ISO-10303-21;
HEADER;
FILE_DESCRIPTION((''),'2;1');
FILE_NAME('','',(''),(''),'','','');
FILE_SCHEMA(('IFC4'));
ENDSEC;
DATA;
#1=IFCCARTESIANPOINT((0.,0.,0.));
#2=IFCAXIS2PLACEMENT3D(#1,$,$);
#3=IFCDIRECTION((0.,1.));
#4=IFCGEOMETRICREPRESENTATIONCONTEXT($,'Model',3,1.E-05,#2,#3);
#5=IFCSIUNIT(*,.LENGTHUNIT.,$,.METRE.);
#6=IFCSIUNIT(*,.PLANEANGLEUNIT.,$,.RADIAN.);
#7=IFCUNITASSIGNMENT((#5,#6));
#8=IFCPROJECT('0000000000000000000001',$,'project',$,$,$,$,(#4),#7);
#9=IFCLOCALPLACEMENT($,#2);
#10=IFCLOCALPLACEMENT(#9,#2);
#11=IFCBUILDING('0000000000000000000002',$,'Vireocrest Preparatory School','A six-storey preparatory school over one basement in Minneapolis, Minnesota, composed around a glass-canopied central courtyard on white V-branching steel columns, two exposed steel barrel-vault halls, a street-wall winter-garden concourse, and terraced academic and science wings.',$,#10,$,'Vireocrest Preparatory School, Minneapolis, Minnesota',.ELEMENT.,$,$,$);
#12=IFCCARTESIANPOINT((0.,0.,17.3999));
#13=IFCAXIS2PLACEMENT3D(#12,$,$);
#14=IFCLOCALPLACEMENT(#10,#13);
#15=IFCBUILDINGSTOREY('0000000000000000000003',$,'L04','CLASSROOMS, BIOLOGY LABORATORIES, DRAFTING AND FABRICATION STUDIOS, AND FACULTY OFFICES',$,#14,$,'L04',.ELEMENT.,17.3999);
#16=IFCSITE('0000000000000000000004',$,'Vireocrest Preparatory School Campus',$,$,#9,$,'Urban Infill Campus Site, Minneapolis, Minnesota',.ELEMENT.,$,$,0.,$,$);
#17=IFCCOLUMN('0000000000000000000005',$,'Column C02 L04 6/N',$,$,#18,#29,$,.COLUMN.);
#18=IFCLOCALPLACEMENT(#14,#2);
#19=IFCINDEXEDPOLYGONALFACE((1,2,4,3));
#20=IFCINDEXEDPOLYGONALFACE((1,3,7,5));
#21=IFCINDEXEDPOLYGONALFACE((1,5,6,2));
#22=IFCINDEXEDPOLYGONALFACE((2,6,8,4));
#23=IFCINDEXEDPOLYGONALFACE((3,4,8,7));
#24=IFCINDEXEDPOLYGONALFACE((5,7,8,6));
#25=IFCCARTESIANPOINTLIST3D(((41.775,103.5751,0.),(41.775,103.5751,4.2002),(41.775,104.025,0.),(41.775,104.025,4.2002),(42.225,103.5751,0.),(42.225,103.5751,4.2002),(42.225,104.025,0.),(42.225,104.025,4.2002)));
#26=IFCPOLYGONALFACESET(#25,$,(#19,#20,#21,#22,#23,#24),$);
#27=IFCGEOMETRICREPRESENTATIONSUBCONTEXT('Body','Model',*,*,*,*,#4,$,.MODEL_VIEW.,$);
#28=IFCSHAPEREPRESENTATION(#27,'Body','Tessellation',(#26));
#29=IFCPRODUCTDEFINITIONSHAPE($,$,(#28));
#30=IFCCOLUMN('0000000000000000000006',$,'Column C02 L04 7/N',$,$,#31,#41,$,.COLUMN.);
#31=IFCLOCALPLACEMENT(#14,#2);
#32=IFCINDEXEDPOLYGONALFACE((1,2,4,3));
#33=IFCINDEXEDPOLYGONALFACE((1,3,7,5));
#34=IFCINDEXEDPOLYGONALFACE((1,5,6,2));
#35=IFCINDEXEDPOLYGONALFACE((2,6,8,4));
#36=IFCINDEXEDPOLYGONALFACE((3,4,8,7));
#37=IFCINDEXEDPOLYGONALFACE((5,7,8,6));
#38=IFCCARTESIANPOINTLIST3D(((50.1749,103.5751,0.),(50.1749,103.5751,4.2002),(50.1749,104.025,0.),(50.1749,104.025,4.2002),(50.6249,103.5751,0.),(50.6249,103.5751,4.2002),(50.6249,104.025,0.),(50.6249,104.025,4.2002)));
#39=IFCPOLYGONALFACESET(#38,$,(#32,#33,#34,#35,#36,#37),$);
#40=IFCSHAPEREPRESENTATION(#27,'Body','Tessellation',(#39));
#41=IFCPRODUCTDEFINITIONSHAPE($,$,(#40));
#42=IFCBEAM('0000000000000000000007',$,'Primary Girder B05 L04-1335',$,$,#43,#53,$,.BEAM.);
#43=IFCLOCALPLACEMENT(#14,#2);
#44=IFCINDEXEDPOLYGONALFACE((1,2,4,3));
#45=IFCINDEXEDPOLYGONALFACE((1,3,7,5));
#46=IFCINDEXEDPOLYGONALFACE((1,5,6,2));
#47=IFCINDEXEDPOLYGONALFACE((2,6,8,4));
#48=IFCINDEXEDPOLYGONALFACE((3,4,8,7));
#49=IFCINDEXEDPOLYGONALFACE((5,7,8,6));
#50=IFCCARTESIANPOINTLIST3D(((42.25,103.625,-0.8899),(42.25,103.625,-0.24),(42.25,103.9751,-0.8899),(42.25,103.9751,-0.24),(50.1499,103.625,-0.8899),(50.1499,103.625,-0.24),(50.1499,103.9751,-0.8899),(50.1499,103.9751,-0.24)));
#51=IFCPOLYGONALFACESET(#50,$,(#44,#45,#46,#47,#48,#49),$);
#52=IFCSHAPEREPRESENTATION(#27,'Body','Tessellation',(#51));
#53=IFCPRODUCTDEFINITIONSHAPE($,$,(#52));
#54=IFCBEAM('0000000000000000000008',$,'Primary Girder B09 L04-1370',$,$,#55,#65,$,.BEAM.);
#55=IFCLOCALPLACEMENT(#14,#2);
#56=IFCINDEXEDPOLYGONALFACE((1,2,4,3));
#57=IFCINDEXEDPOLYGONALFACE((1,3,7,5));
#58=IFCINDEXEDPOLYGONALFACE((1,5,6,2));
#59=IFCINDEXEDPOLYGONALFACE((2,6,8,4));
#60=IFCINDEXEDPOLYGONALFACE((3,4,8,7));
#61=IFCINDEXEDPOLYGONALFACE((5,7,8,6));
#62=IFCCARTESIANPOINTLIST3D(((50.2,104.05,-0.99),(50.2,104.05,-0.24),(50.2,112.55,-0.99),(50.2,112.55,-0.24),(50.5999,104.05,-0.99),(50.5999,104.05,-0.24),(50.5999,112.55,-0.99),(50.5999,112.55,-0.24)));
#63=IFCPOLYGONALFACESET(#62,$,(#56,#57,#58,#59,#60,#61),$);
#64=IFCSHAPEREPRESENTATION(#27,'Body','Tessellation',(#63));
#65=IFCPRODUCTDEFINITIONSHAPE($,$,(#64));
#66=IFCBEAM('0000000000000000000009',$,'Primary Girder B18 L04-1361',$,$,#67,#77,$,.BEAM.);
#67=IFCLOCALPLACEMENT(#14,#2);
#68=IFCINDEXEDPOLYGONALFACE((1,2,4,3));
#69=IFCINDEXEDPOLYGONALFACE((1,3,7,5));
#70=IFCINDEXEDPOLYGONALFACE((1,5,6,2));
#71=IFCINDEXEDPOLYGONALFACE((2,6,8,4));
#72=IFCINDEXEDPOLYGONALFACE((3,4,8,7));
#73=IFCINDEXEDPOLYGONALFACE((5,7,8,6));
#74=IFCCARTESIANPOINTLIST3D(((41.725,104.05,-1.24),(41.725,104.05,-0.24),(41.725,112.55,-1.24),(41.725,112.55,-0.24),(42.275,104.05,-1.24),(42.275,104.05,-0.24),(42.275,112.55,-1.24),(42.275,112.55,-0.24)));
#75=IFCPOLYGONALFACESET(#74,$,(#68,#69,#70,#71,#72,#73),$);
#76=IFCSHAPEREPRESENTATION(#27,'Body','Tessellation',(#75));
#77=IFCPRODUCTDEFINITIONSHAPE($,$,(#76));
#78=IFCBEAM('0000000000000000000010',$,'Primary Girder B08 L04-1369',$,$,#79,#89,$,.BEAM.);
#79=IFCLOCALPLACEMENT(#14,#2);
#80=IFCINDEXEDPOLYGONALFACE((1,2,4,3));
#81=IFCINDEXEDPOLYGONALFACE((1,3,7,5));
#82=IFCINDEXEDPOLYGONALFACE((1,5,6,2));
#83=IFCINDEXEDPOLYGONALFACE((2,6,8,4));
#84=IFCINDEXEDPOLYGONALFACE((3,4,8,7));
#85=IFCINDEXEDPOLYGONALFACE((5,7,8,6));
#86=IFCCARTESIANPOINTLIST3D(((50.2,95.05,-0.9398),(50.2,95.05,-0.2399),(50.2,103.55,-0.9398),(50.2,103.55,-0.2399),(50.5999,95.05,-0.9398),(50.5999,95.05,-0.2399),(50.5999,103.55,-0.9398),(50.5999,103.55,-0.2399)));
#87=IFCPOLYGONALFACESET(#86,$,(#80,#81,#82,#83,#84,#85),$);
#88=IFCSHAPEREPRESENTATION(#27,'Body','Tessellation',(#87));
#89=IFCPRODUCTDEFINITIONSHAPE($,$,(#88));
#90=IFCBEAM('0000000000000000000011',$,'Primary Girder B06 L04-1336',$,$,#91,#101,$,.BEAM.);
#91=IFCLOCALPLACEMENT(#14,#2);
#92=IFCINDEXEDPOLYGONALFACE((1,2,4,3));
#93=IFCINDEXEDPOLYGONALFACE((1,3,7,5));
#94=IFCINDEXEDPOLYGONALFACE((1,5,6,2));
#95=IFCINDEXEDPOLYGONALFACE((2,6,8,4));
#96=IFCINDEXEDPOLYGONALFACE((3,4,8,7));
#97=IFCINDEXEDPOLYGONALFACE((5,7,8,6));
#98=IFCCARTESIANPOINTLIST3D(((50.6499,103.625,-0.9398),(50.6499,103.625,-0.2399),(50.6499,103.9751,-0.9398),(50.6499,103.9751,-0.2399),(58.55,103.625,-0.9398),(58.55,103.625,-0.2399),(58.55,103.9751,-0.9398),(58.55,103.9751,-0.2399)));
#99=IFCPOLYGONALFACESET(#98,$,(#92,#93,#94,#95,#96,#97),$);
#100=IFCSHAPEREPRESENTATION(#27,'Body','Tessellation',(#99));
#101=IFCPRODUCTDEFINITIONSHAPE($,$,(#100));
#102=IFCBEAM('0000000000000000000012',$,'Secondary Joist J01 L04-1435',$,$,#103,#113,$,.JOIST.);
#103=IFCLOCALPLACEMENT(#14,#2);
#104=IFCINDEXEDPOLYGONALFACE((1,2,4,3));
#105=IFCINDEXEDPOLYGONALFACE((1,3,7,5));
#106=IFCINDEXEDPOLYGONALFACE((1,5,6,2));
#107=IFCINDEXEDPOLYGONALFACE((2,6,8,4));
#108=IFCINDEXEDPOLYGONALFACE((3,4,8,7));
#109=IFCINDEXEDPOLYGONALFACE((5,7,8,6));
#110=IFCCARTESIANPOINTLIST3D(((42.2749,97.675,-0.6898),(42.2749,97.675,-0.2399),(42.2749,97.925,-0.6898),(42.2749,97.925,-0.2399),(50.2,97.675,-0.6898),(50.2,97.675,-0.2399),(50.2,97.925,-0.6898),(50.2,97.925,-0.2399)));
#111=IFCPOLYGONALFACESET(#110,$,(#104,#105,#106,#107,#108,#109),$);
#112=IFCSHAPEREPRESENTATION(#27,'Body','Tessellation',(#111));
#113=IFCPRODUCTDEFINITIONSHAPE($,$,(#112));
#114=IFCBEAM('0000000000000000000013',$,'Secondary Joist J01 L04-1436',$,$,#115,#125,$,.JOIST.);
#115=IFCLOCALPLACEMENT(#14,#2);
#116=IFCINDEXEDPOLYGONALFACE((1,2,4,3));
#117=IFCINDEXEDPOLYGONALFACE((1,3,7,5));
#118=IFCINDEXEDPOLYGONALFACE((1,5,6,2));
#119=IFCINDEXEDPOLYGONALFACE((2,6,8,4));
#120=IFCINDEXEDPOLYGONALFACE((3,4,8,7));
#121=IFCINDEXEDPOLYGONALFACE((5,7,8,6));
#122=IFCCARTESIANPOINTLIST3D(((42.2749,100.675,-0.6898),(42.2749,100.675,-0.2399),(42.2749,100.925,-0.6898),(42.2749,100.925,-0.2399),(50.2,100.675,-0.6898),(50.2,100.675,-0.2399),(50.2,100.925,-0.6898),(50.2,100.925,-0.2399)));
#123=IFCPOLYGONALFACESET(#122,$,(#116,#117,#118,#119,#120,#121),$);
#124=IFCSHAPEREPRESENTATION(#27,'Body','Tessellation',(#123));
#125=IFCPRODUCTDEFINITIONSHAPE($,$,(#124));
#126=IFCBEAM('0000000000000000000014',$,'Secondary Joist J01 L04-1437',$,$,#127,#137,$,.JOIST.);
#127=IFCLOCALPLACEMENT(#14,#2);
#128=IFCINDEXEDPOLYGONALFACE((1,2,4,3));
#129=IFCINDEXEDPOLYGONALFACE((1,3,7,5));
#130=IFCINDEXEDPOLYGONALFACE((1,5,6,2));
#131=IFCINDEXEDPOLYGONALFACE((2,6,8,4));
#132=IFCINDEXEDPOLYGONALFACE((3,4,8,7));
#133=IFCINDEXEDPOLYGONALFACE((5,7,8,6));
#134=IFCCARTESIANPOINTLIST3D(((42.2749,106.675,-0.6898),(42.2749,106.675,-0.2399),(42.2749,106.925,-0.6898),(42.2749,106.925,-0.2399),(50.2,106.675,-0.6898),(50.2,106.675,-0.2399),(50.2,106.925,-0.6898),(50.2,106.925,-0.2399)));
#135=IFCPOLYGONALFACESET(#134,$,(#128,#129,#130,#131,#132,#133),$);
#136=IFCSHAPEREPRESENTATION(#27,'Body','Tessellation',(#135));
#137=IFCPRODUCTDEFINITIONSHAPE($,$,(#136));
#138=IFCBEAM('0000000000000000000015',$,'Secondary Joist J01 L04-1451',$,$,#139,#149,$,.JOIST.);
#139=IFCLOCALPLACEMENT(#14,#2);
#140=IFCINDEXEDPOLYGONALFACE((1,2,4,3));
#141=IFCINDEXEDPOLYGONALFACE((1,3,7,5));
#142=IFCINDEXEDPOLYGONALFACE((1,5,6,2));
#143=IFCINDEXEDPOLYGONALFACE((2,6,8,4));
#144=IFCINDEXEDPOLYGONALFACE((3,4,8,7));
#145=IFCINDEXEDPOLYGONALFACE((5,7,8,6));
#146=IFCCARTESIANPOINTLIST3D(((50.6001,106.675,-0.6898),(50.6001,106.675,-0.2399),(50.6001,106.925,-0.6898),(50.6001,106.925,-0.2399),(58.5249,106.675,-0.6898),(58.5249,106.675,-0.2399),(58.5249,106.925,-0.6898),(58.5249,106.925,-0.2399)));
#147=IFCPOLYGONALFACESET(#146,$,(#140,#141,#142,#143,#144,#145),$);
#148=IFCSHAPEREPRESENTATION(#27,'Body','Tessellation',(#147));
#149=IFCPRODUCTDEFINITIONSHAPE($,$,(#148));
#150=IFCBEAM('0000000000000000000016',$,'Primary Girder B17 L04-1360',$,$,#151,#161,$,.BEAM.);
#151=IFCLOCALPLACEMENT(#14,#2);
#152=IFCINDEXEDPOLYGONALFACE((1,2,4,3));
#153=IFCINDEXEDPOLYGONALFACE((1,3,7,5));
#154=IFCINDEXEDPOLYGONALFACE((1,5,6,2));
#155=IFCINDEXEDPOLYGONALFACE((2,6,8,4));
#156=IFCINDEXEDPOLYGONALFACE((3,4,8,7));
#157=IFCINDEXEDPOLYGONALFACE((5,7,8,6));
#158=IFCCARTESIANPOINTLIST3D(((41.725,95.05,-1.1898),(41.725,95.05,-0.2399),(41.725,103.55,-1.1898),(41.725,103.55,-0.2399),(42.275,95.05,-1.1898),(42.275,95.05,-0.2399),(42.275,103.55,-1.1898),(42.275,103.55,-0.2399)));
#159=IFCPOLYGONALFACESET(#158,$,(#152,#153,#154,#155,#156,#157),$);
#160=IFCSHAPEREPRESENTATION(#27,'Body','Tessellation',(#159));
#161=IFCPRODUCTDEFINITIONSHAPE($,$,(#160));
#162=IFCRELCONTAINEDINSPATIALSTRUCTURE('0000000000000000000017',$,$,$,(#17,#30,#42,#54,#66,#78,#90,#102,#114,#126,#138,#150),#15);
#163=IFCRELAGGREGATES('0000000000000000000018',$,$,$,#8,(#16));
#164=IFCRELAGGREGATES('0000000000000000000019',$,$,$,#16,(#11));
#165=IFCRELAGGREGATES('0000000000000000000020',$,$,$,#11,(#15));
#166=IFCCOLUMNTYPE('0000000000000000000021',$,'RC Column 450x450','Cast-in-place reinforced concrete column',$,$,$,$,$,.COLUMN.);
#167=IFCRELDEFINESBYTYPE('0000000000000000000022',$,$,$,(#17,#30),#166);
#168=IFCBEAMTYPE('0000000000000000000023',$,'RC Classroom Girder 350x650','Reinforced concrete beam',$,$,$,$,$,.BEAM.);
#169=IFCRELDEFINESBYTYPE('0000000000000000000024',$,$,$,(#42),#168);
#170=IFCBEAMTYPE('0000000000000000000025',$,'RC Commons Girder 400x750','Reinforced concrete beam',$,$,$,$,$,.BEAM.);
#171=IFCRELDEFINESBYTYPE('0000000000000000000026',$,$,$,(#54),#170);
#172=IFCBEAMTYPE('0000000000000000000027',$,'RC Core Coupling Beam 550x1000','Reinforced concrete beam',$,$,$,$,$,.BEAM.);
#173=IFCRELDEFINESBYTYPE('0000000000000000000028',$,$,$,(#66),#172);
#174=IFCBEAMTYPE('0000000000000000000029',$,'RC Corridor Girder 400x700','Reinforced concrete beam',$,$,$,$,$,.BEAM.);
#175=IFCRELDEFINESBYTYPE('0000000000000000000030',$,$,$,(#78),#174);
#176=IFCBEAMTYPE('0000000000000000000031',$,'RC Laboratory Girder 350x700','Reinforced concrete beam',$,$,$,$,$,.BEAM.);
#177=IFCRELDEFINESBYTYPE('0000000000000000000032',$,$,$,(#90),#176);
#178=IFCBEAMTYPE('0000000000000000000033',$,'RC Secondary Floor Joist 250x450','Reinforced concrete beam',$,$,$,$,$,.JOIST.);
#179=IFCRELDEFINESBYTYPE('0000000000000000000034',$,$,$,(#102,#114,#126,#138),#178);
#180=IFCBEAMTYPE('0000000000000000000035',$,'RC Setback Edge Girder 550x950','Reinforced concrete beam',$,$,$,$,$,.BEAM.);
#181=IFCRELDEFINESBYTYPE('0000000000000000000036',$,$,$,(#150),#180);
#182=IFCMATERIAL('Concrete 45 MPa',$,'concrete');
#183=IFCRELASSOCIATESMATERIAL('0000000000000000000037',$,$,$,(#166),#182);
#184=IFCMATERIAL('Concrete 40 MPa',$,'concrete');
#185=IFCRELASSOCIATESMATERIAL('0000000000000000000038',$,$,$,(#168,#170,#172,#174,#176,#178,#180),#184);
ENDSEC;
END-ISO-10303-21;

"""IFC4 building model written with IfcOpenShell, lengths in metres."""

from ifc_helpers import new_model, si_unit, direction, frame, origin, origin_2d, place, context, subcontext, project, spatial, rectangle, extrude, material, material_profile, profile_set, type_object, element, save


model = new_model("IFC4")

# Units and contexts
model_context = context("Model", 3, precision=1e-05, world=origin(), true_north=direction((0.0, 1.0)))
body_context = subcontext(model_context, "Body", "Model", "MODEL_VIEW")
ifc_project = project(units=[si_unit("LENGTHUNIT", "METRE"), si_unit("PLANEANGLEUNIT", "RADIAN")], contexts=[model_context])

# Site, building, storey
site_placement = place(None, origin())
site = spatial("IfcSite", under=ifc_project, at=site_placement, Name="Vireocrest Preparatory School Campus", LongName="Urban Infill Campus Site, Minneapolis, Minnesota", CompositionType="ELEMENT", RefElevation=0.0)
building_placement = place(site_placement, origin())
building = spatial("IfcBuilding", under=site, at=building_placement, Name="Vireocrest Preparatory School", Description="A six-storey preparatory school over one basement in Minneapolis, Minnesota, composed around a glass-canopied central courtyard on white V-branching steel columns, two exposed steel barrel-vault halls, a street-wall winter-garden concourse, and terraced academic and science wings.", LongName="Vireocrest Preparatory School, Minneapolis, Minnesota", CompositionType="ELEMENT")
storey_placement = place(building_placement, frame((0.0, 0.0, 17.3999)))
storey = spatial("IfcBuildingStorey", under=building, at=storey_placement, Name="L04", Description="CLASSROOMS, BIOLOGY LABORATORIES, DRAFTING AND FABRICATION STUDIOS, AND FACULTY OFFICES", LongName="L04", CompositionType="ELEMENT", Elevation=17.3999)

# Columns
ifc_material_1 = material(Name="Concrete 45 MPa", Category="concrete")
ifc_material_profile_1 = material_profile(ifc_material_1, rectangle(XDim=0.45, YDim=0.45, at=origin_2d()), Name="RC 450x450")
ifc_profile_set_1 = profile_set([ifc_material_profile_1], Name="Concrete 45 MPa")
column_type = type_object("IfcColumnType", Name="RC Column 450x450", Description="Cast-in-place reinforced concrete column", PredefinedType="COLUMN", material=ifc_profile_set_1)
for number, where, z_axis, x_axis, name in (
    (1, (42.0, 103.8, 0.0), (0.0, 0.0, 1.0), (1.0, 0.0, 0.0), "Column C02 L04 6/N"),
    (2, (50.3999, 103.8, 0.0), (0.0, 0.0, 1.0), (1.0, 0.0, 0.0), "Column C02 L04 7/N"),
):
    element("IfcColumn", number, at=place(storey_placement, frame(where, z_axis=z_axis, x_axis=x_axis)), inside=storey, type_object=column_type, Name=name, PredefinedType="COLUMN", context=body_context, shape_type="SweptSolid", body=[
        extrude(rectangle(XDim=0.45, YDim=0.45, at=origin_2d()), origin(), (0.0, 0.0, 1.0), 4.2002),
    ])

# Beams
ifc_material_2 = material(Name="Concrete 40 MPa", Category="concrete")
ifc_material_profile_2 = material_profile(ifc_material_2, rectangle(XDim=0.3501, YDim=0.6499, at=origin_2d()), Name="RC 350x650")
ifc_profile_set_2 = profile_set([ifc_material_profile_2], Name="Concrete 40 MPa")
beam_type_1 = type_object("IfcBeamType", Name="RC Classroom Girder 350x650", Description="Reinforced concrete beam", PredefinedType="BEAM", material=ifc_profile_set_2)
beam_1_placement = place(storey_placement, frame((42.25, 103.8, -0.5649), z_axis=(1.0, 0.0, 0.0), x_axis=(0.0, 1.0, 0.0)))
element("IfcBeam", 3, at=beam_1_placement, inside=storey, type_object=beam_type_1, Name="Primary Girder B05 L04-1335", PredefinedType="BEAM", context=body_context, shape_type="SweptSolid", body=[
    extrude(rectangle(XDim=0.3501, YDim=0.6499, at=origin_2d()), origin(), (0.0, 0.0, 1.0), 7.8999),
])
ifc_material_profile_3 = material_profile(ifc_material_2, rectangle(XDim=0.3999, YDim=0.75, at=origin_2d()), Name="RC 400x750")
ifc_profile_set_3 = profile_set([ifc_material_profile_3], Name="Concrete 40 MPa")
beam_type_2 = type_object("IfcBeamType", Name="RC Commons Girder 400x750", Description="Reinforced concrete beam", PredefinedType="BEAM", material=ifc_profile_set_3)
beam_2_placement = place(storey_placement, frame((50.3999, 104.05, -0.615), z_axis=(0.0, 1.0, 0.0), x_axis=(-1.0, 0.0, 0.0)))
element("IfcBeam", 4, at=beam_2_placement, inside=storey, type_object=beam_type_2, Name="Primary Girder B09 L04-1370", PredefinedType="BEAM", context=body_context, shape_type="SweptSolid", body=[
    extrude(rectangle(XDim=0.3999, YDim=0.75, at=origin_2d()), origin(), (0.0, 0.0, 1.0), 8.5),
])
ifc_material_profile_4 = material_profile(ifc_material_2, rectangle(XDim=0.55, YDim=1.0, at=origin_2d()), Name="RC 550x1000")
ifc_profile_set_4 = profile_set([ifc_material_profile_4], Name="Concrete 40 MPa")
beam_type_3 = type_object("IfcBeamType", Name="RC Core Coupling Beam 550x1000", Description="Reinforced concrete beam", PredefinedType="BEAM", material=ifc_profile_set_4)
beam_3_placement = place(storey_placement, frame((42.0, 104.05, -0.74), z_axis=(0.0, 1.0, 0.0), x_axis=(-1.0, 0.0, 0.0)))
element("IfcBeam", 5, at=beam_3_placement, inside=storey, type_object=beam_type_3, Name="Primary Girder B18 L04-1361", PredefinedType="BEAM", context=body_context, shape_type="SweptSolid", body=[
    extrude(rectangle(XDim=0.55, YDim=1.0, at=origin_2d()), origin(), (0.0, 0.0, 1.0), 8.5),
])
ifc_material_profile_5 = material_profile(ifc_material_2, rectangle(XDim=0.3999, YDim=0.7, at=origin_2d()), Name="RC 400x700")
ifc_profile_set_5 = profile_set([ifc_material_profile_5], Name="Concrete 40 MPa")
beam_type_4 = type_object("IfcBeamType", Name="RC Corridor Girder 400x700", Description="Reinforced concrete beam", PredefinedType="BEAM", material=ifc_profile_set_5)
beam_4_placement = place(storey_placement, frame((50.3999, 95.05, -0.5898), z_axis=(0.0, 1.0, 0.0), x_axis=(-1.0, 0.0, 0.0)))
element("IfcBeam", 6, at=beam_4_placement, inside=storey, type_object=beam_type_4, Name="Primary Girder B08 L04-1369", PredefinedType="BEAM", context=body_context, shape_type="SweptSolid", body=[
    extrude(rectangle(XDim=0.3999, YDim=0.7, at=origin_2d()), origin(), (0.0, 0.0, 1.0), 8.5),
])
ifc_material_profile_6 = material_profile(ifc_material_2, rectangle(XDim=0.3501, YDim=0.7, at=origin_2d()), Name="RC 350x700")
ifc_profile_set_6 = profile_set([ifc_material_profile_6], Name="Concrete 40 MPa")
beam_type_5 = type_object("IfcBeamType", Name="RC Laboratory Girder 350x700", Description="Reinforced concrete beam", PredefinedType="BEAM", material=ifc_profile_set_6)
beam_5_placement = place(storey_placement, frame((50.6499, 103.8, -0.5898), z_axis=(1.0, 0.0, 0.0), x_axis=(0.0, 1.0, 0.0)))
element("IfcBeam", 7, at=beam_5_placement, inside=storey, type_object=beam_type_5, Name="Primary Girder B06 L04-1336", PredefinedType="BEAM", context=body_context, shape_type="SweptSolid", body=[
    extrude(rectangle(XDim=0.3501, YDim=0.7, at=origin_2d()), origin(), (0.0, 0.0, 1.0), 7.9001),
])
ifc_material_profile_7 = material_profile(ifc_material_2, rectangle(XDim=0.25, YDim=0.45, at=origin_2d()), Name="RC 250x450")
ifc_profile_set_7 = profile_set([ifc_material_profile_7], Name="Concrete 40 MPa")
beam_type_6 = type_object("IfcBeamType", Name="RC Secondary Floor Joist 250x450", Description="Reinforced concrete beam", PredefinedType="JOIST", material=ifc_profile_set_7)
for number, where, z_axis, x_axis, name in (
    (8, (42.2749, 97.8, -0.4648), (1.0, 0.0, 0.0), (0.0, 1.0, 0.0), "Secondary Joist J01 L04-1435"),
    (9, (42.2749, 100.8, -0.4648), (1.0, 0.0, 0.0), (0.0, 1.0, 0.0), "Secondary Joist J01 L04-1436"),
    (10, (42.2749, 106.8, -0.4648), (1.0, 0.0, 0.0), (0.0, 1.0, 0.0), "Secondary Joist J01 L04-1437"),
):
    element("IfcBeam", number, at=place(storey_placement, frame(where, z_axis=z_axis, x_axis=x_axis)), inside=storey, type_object=beam_type_6, Name=name, PredefinedType="JOIST", context=body_context, shape_type="SweptSolid", body=[
        extrude(rectangle(XDim=0.25, YDim=0.45, at=origin_2d()), origin(), (0.0, 0.0, 1.0), 7.925),
    ])
beam_6_placement = place(storey_placement, frame((50.6001, 106.8, -0.4648), z_axis=(1.0, 0.0, 0.0), x_axis=(0.0, 1.0, 0.0)))
element("IfcBeam", 11, at=beam_6_placement, inside=storey, type_object=beam_type_6, Name="Secondary Joist J01 L04-1451", PredefinedType="JOIST", context=body_context, shape_type="SweptSolid", body=[
    extrude(rectangle(XDim=0.25, YDim=0.45, at=origin_2d()), origin(), (0.0, 0.0, 1.0), 7.9248),
])
ifc_material_profile_8 = material_profile(ifc_material_2, rectangle(XDim=0.55, YDim=0.95, at=origin_2d()), Name="RC 550x950")
ifc_profile_set_8 = profile_set([ifc_material_profile_8], Name="Concrete 40 MPa")
beam_type_7 = type_object("IfcBeamType", Name="RC Setback Edge Girder 550x950", Description="Reinforced concrete beam", PredefinedType="BEAM", material=ifc_profile_set_8)
beam_7_placement = place(storey_placement, frame((42.0, 95.05, -0.7148), z_axis=(0.0, 1.0, 0.0), x_axis=(-1.0, 0.0, 0.0)))
element("IfcBeam", 12, at=beam_7_placement, inside=storey, type_object=beam_type_7, Name="Primary Girder B17 L04-1360", PredefinedType="BEAM", context=body_context, shape_type="SweptSolid", body=[
    extrude(rectangle(XDim=0.55, YDim=0.95, at=origin_2d()), origin(), (0.0, 0.0, 1.0), 8.5),
])

save(model, "model.ifc")
